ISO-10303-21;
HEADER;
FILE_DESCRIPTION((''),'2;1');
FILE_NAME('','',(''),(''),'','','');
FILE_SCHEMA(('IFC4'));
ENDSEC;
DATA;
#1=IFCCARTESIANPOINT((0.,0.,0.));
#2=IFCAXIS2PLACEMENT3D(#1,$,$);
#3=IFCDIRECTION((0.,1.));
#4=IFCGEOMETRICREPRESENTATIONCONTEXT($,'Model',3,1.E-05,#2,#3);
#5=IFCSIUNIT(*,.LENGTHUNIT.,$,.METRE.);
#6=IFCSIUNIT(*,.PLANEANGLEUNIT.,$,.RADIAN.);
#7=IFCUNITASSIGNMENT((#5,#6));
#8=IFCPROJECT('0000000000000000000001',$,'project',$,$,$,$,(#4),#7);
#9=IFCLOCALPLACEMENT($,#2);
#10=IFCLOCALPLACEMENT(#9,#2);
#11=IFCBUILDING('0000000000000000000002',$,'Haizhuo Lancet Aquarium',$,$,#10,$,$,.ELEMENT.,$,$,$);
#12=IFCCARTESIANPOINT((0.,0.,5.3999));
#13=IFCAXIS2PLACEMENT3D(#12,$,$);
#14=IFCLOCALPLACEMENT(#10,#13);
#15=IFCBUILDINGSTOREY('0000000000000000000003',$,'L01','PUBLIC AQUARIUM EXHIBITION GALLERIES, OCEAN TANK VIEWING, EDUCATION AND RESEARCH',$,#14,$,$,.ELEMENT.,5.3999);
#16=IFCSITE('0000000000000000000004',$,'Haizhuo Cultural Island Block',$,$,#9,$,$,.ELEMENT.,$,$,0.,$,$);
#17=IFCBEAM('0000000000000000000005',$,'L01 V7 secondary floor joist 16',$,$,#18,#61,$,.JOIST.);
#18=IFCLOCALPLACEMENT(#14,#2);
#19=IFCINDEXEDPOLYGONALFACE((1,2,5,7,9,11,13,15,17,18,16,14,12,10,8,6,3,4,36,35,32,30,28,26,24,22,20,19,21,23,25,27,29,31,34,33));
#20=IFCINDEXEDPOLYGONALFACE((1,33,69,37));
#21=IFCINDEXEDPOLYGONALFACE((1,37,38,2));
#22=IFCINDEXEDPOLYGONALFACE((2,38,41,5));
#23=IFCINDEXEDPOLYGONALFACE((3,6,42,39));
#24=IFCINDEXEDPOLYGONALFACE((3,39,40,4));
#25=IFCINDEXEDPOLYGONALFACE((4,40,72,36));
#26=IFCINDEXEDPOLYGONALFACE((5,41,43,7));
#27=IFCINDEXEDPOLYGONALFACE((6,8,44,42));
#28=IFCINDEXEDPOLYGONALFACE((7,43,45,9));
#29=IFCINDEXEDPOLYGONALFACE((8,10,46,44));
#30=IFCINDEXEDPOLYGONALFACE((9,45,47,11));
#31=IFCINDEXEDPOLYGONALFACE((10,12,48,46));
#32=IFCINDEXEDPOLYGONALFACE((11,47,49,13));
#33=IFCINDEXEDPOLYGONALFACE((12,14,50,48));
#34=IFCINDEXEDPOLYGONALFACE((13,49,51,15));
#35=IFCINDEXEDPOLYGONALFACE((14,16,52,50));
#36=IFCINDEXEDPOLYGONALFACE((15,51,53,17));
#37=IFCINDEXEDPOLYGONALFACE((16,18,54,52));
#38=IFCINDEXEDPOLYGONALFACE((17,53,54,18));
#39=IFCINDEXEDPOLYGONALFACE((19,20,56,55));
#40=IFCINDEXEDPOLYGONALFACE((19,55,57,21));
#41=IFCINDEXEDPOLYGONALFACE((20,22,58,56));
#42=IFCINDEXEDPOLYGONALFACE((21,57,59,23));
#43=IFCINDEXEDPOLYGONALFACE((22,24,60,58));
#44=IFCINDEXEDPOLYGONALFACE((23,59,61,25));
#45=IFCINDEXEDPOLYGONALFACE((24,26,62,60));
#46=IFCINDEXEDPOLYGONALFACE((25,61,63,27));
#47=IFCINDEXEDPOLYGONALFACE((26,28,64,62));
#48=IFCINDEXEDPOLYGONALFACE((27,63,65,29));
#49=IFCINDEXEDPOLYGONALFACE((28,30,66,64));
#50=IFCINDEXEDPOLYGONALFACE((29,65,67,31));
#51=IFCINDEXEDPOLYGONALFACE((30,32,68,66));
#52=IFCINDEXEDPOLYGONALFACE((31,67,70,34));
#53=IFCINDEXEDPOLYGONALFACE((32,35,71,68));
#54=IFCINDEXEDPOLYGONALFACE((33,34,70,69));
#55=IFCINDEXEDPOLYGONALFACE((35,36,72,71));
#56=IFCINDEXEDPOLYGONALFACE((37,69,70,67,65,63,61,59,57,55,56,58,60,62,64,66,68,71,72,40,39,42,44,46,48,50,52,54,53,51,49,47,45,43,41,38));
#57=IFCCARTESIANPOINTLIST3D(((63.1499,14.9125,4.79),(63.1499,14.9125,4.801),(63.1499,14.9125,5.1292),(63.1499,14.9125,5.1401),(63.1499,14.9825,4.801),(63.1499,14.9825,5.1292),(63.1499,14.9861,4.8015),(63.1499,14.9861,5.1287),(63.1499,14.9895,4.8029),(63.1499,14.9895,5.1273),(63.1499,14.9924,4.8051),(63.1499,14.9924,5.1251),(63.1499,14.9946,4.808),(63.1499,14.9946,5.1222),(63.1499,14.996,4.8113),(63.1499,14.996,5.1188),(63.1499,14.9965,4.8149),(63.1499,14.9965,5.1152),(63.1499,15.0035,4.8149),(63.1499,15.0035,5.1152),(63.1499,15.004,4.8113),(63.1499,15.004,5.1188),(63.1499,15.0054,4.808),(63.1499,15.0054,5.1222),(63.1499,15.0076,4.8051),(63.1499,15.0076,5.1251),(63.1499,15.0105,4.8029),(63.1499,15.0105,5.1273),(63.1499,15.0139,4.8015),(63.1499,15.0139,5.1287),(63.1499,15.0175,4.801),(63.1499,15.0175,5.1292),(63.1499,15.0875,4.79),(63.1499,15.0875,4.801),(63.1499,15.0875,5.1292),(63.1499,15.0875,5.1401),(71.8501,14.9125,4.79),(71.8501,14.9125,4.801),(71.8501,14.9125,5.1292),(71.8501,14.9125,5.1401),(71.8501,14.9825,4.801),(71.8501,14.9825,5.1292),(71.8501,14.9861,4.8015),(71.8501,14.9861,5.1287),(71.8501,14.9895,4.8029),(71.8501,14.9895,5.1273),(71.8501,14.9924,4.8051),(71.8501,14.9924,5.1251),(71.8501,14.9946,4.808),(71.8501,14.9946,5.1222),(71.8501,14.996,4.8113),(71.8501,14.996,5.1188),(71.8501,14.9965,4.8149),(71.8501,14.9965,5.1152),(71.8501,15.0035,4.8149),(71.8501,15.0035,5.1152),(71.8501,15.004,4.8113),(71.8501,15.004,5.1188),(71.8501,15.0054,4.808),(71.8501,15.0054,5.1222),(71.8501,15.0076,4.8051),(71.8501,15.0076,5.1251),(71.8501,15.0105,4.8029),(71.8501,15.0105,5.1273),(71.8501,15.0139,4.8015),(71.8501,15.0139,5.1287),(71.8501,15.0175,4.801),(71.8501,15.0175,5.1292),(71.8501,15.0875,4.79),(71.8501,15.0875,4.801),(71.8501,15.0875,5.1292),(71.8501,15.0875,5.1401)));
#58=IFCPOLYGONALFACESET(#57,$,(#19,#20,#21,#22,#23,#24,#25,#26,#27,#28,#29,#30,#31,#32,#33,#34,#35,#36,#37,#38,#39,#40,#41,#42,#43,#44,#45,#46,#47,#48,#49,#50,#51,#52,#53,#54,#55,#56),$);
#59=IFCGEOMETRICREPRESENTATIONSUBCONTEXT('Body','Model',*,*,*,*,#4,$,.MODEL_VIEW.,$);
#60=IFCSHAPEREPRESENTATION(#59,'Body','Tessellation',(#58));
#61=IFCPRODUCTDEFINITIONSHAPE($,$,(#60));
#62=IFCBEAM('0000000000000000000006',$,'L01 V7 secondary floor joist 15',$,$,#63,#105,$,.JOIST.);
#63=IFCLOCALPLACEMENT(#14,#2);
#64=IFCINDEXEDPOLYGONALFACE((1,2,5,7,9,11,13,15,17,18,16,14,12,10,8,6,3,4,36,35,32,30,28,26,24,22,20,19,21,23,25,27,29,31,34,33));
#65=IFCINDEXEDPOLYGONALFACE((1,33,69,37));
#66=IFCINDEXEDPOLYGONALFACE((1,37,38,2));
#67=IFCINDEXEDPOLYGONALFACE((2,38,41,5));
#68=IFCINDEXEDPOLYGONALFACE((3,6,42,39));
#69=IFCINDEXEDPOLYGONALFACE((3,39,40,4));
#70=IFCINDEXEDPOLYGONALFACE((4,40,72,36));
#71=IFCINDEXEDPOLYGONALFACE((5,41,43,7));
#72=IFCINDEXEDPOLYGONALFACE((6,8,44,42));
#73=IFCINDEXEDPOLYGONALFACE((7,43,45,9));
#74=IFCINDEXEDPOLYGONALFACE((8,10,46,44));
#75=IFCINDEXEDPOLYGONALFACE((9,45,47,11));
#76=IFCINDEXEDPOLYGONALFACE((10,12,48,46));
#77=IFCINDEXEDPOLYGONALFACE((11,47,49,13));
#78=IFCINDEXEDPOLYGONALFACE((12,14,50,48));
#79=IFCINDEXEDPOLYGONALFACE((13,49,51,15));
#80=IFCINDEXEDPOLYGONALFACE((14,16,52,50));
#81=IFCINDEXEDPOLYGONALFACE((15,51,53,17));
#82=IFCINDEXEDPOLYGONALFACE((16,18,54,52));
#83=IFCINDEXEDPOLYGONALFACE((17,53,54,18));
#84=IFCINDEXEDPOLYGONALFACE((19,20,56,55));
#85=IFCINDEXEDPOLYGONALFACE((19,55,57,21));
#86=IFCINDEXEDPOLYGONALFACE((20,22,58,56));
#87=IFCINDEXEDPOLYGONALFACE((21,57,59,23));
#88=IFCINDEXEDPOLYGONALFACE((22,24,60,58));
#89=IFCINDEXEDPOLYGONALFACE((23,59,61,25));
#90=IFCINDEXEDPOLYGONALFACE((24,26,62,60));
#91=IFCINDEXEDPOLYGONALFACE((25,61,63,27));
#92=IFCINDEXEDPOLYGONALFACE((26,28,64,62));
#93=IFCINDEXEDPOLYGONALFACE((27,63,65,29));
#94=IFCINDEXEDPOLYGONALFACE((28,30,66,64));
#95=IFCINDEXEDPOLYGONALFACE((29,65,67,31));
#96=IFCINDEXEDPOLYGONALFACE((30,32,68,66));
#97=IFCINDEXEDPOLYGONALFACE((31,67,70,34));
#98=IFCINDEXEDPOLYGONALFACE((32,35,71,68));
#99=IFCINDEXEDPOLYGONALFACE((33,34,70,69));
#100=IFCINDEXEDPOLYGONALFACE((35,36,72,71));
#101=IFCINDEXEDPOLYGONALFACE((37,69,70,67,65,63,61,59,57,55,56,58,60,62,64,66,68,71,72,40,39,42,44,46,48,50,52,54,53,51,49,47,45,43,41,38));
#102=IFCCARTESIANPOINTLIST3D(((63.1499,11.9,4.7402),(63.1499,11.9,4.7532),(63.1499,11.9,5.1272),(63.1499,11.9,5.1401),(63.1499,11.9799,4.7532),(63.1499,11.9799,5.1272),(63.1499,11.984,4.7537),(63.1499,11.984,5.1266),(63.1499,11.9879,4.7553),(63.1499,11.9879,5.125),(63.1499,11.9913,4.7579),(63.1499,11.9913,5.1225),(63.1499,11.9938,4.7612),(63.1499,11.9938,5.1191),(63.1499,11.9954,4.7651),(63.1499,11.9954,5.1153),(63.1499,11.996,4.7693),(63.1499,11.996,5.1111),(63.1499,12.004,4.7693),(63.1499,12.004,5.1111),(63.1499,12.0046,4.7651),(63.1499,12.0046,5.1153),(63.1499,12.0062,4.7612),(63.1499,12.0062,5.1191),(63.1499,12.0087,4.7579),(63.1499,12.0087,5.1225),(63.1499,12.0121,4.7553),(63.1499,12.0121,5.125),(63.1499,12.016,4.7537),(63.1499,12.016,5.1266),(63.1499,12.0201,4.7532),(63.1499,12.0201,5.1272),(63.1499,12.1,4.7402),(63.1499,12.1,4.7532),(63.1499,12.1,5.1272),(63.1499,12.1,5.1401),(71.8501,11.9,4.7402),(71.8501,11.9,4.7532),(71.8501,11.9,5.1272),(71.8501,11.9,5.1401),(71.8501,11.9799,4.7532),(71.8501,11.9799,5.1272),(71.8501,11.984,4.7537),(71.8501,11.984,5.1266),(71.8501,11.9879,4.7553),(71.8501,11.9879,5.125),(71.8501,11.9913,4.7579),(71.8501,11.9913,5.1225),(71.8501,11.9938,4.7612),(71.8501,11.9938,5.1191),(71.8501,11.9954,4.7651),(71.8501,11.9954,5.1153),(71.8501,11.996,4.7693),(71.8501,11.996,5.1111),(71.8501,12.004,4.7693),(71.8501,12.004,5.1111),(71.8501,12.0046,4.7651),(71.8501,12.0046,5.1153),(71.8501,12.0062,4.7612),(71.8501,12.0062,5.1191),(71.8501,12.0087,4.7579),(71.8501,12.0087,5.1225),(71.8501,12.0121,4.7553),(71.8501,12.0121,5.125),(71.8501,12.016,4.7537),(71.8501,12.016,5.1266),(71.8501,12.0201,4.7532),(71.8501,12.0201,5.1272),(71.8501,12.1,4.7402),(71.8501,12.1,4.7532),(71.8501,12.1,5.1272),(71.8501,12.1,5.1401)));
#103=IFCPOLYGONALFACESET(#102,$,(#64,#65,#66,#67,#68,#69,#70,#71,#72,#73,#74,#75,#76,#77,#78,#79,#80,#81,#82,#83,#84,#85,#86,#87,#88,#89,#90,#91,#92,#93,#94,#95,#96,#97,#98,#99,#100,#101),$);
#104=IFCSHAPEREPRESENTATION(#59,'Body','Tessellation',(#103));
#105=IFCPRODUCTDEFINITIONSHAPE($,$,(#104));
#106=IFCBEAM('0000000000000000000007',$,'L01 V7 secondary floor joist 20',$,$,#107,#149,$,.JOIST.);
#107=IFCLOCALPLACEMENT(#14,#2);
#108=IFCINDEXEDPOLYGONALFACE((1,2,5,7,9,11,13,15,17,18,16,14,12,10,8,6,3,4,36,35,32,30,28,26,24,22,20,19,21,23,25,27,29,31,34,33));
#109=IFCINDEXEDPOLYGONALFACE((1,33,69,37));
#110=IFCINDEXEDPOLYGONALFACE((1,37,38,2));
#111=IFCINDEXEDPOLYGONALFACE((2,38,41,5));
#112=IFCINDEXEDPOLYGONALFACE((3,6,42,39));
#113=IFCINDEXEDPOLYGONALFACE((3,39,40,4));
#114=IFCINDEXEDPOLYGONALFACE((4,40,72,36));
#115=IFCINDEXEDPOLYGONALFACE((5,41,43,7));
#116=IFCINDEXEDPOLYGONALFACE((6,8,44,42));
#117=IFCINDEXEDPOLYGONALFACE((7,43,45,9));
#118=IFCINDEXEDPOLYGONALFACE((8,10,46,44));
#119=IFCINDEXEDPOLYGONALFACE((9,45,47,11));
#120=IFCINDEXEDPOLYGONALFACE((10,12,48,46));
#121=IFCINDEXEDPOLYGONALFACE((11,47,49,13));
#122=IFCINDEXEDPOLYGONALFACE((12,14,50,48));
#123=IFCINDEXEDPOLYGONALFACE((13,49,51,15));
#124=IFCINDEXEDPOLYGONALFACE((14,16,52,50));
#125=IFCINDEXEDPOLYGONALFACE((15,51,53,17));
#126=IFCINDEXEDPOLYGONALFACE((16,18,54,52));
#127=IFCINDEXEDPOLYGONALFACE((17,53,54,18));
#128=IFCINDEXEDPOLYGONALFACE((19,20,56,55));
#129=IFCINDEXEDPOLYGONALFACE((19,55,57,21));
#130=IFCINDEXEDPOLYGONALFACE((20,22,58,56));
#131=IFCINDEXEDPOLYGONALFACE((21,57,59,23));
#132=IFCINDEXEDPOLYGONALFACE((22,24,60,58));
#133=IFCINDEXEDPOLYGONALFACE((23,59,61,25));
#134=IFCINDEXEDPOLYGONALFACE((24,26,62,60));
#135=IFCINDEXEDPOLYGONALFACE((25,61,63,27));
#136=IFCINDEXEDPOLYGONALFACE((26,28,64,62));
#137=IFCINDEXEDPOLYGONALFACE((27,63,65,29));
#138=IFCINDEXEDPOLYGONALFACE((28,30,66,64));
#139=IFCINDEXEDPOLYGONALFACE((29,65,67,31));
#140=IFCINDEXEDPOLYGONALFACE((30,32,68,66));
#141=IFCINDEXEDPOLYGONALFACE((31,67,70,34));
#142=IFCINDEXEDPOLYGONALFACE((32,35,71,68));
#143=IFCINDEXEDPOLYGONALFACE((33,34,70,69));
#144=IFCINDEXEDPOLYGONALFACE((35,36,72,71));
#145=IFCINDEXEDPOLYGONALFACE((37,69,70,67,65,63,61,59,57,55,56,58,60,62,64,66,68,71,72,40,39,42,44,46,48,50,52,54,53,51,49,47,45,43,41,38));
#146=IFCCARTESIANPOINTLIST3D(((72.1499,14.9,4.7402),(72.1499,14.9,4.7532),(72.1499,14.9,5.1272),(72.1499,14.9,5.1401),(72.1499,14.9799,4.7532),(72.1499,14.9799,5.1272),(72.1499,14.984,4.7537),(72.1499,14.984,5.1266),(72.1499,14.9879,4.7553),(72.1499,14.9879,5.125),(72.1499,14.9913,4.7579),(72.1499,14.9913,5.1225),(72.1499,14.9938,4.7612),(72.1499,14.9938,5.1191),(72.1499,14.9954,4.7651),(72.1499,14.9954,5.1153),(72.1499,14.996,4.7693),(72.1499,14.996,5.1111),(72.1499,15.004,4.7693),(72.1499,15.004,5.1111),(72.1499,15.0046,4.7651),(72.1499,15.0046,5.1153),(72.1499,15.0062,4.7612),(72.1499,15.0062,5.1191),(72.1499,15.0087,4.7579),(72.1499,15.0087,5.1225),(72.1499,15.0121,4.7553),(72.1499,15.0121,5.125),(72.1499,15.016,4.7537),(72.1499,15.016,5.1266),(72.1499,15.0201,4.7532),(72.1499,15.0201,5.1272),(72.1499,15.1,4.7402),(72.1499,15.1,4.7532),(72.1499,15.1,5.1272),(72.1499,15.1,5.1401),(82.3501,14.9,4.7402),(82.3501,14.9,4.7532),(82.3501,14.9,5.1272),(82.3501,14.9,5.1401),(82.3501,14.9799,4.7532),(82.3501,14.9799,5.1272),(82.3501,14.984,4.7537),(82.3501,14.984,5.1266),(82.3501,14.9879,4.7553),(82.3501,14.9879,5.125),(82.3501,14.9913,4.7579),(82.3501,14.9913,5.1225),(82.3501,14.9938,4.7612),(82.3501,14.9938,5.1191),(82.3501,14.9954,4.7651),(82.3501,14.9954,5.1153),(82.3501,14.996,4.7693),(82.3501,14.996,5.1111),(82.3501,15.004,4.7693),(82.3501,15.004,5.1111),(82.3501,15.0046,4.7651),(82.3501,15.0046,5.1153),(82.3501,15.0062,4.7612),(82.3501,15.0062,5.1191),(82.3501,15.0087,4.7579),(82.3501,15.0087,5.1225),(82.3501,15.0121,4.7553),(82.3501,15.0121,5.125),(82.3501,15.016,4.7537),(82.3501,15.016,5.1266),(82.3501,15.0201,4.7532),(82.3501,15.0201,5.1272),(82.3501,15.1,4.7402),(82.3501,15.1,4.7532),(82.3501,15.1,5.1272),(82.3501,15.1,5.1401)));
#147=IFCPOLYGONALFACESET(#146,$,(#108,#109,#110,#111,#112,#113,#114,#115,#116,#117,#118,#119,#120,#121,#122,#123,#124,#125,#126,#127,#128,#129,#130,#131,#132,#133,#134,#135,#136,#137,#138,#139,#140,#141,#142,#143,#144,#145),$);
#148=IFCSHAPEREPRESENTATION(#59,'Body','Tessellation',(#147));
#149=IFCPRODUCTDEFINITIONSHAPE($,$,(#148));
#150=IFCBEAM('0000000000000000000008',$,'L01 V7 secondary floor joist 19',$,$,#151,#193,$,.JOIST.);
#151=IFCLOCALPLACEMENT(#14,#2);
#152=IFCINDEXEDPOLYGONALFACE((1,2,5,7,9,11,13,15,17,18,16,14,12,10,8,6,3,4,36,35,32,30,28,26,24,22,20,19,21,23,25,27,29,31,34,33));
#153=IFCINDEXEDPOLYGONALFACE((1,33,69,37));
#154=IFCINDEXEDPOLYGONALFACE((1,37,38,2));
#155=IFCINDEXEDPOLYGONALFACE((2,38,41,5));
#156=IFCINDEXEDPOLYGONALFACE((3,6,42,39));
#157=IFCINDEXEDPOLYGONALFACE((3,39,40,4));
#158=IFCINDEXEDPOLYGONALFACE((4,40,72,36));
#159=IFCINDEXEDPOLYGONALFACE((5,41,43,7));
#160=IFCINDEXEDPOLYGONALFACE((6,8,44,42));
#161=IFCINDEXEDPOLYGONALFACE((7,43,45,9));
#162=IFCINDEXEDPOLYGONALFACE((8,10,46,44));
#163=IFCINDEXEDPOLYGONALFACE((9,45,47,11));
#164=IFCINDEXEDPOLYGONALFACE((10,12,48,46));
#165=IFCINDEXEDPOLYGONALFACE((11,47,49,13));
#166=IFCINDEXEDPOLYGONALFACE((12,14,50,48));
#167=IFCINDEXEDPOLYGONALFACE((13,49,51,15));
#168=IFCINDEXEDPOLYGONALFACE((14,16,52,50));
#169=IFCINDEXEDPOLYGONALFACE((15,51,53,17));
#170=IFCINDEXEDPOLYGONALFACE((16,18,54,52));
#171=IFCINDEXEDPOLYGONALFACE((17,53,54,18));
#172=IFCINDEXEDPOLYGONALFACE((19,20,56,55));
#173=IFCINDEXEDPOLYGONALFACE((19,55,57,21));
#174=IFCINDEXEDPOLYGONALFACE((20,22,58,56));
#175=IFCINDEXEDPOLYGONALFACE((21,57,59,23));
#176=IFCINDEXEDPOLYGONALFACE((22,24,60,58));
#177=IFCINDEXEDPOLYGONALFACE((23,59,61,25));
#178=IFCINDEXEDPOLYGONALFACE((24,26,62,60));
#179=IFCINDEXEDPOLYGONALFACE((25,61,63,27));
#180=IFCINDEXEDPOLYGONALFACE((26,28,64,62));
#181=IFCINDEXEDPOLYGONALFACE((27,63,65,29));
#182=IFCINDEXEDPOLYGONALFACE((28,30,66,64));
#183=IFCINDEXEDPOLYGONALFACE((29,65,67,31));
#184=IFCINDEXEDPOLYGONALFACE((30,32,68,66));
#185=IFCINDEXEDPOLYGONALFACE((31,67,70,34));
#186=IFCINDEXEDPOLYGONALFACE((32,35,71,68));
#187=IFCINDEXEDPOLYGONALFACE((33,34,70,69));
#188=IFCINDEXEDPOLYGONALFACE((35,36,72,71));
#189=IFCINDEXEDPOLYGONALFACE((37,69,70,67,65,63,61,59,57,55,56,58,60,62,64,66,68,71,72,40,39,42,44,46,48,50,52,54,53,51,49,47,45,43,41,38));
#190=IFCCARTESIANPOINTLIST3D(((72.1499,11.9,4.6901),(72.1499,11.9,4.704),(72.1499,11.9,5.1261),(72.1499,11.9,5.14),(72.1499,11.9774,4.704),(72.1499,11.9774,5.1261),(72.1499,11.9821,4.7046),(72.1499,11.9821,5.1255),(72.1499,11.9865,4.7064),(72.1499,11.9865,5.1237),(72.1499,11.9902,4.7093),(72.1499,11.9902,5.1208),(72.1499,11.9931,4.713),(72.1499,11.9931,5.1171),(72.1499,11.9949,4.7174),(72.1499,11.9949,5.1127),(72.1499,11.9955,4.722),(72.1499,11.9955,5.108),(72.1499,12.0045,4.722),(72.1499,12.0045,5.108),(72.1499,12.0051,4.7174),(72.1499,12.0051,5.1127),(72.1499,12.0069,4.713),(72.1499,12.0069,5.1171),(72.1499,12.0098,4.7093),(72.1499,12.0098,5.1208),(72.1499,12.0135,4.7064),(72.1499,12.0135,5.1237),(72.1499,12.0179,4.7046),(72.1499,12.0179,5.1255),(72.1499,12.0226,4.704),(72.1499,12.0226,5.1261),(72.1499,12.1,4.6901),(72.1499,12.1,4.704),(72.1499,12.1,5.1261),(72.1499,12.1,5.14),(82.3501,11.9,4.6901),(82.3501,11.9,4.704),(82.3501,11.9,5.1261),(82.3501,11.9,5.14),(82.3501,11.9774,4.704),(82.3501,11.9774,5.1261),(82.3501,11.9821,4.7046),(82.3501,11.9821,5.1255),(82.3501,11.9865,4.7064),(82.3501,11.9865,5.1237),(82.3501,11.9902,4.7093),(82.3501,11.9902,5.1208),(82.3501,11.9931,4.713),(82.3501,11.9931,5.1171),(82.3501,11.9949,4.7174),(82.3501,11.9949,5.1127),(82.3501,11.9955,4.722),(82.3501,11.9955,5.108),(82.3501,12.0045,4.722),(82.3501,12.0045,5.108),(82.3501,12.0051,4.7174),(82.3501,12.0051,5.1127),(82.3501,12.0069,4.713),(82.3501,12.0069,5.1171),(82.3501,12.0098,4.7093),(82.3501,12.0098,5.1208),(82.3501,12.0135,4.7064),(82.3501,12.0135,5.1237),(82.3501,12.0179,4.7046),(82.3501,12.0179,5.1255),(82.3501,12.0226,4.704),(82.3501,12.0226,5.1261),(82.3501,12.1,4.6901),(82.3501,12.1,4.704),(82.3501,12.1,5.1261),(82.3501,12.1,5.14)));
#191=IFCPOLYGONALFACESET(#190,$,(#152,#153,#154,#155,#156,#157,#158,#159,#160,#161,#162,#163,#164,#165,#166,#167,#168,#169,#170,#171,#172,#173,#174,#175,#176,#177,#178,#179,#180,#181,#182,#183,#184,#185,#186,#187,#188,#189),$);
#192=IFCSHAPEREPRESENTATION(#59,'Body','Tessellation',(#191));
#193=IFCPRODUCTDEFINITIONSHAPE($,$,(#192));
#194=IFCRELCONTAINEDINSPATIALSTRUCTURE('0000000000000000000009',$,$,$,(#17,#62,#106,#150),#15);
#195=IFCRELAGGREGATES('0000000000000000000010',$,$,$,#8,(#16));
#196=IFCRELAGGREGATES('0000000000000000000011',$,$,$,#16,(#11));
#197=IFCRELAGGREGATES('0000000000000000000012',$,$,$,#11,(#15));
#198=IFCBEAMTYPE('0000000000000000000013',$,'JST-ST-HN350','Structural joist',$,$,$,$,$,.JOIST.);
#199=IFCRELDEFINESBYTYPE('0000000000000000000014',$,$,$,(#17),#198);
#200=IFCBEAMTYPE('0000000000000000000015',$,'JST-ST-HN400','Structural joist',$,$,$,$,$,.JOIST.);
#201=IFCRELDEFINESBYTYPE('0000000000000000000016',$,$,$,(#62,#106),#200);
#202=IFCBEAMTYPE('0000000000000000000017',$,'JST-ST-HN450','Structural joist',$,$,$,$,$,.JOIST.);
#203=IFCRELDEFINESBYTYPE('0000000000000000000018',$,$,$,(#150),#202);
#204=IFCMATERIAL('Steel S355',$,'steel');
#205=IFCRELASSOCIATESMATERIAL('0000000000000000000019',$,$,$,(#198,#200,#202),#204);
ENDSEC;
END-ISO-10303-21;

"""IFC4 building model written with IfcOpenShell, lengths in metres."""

from ifc_helpers import new_model, si_unit, direction, frame, origin, origin_2d, place, context, subcontext, project, spatial, i_section, extrude, material, material_profile, profile_set, type_object, element, save


model = new_model("IFC4")

# Units and contexts
model_context = context("Model", 3, precision=1e-05, world=origin(), true_north=direction((0.0, 1.0)))
body_context = subcontext(model_context, "Body", "Model", "MODEL_VIEW")
ifc_project = project(units=[si_unit("LENGTHUNIT", "METRE"), si_unit("PLANEANGLEUNIT", "RADIAN")], contexts=[model_context])

# Site, building, storey
site_placement = place(None, origin())
site = spatial("IfcSite", under=ifc_project, at=site_placement, Name="Haizhuo Cultural Island Block", CompositionType="ELEMENT", RefElevation=0.0)
building_placement = place(site_placement, origin())
building = spatial("IfcBuilding", under=site, at=building_placement, Name="Haizhuo Lancet Aquarium", CompositionType="ELEMENT")
storey_placement = place(building_placement, frame((0.0, 0.0, 5.3999)))
storey = spatial("IfcBuildingStorey", under=building, at=storey_placement, Name="L01", Description="PUBLIC AQUARIUM EXHIBITION GALLERIES, OCEAN TANK VIEWING, EDUCATION AND RESEARCH", CompositionType="ELEMENT", Elevation=5.3999)

# Shared definitions
ifc_material_1 = material(Name="Steel S355", Category="steel")

# Beams
ifc_material_profile_1 = material_profile(ifc_material_1, i_section(OverallWidth=0.175, OverallDepth=0.3501, WebThickness=0.0071, FlangeThickness=0.011, FilletRadius=0.0139, at=origin_2d()), Name="HN 350x175x7x11")
ifc_profile_set_1 = profile_set([ifc_material_profile_1], Name="Steel S355")
beam_type_1 = type_object("IfcBeamType", Name="JST-ST-HN350", Description="Structural joist", PredefinedType="JOIST", material=ifc_profile_set_1)
beam_1_placement = place(storey_placement, frame((63.1499, 15.0, 4.9651), z_axis=(1.0, 0.0, 0.0), x_axis=(0.0, 1.0, 0.0)))
element("IfcBeam", 1, at=beam_1_placement, inside=storey, type_object=beam_type_1, Name="L01 V7 secondary floor joist 16", PredefinedType="JOIST", context=body_context, shape_type="SweptSolid", body=[
    extrude(i_section(OverallWidth=0.175, OverallDepth=0.3501, WebThickness=0.0071, FlangeThickness=0.011, FilletRadius=0.0139, at=origin_2d()), origin(), (0.0, 0.0, 1.0), 8.7002),
])
ifc_material_profile_2 = material_profile(ifc_material_1, i_section(OverallWidth=0.2, OverallDepth=0.3999, WebThickness=0.0081, FlangeThickness=0.0129, FilletRadius=0.0161, at=origin_2d()), Name="HN 400x200x8x13")
ifc_profile_set_2 = profile_set([ifc_material_profile_2], Name="Steel S355")
beam_type_2 = type_object("IfcBeamType", Name="JST-ST-HN400", Description="Structural joist", PredefinedType="JOIST", material=ifc_profile_set_2)
beam_2_placement = place(storey_placement, frame((63.1499, 12.0, 4.9402), z_axis=(1.0, 0.0, 0.0), x_axis=(0.0, 1.0, 0.0)))
element("IfcBeam", 2, at=beam_2_placement, inside=storey, type_object=beam_type_2, Name="L01 V7 secondary floor joist 15", PredefinedType="JOIST", context=body_context, shape_type="SweptSolid", body=[
    extrude(i_section(OverallWidth=0.2, OverallDepth=0.3999, WebThickness=0.0081, FlangeThickness=0.0129, FilletRadius=0.0161, at=origin_2d()), origin(), (0.0, 0.0, 1.0), 8.7002),
])
beam_3_placement = place(storey_placement, frame((72.1499, 15.0, 4.9402), z_axis=(1.0, 0.0, 0.0), x_axis=(0.0, 1.0, 0.0)))
element("IfcBeam", 3, at=beam_3_placement, inside=storey, type_object=beam_type_2, Name="L01 V7 secondary floor joist 20", PredefinedType="JOIST", context=body_context, shape_type="SweptSolid", body=[
    extrude(i_section(OverallWidth=0.2, OverallDepth=0.3999, WebThickness=0.0081, FlangeThickness=0.0129, FilletRadius=0.0161, at=origin_2d()), origin(), (0.0, 0.0, 1.0), 10.2002),
])
ifc_material_profile_3 = material_profile(ifc_material_1, i_section(OverallWidth=0.2, OverallDepth=0.45, WebThickness=0.009, FlangeThickness=0.0139, FilletRadius=0.0181, at=origin_2d()), Name="HN 450x200x9x14")
ifc_profile_set_3 = profile_set([ifc_material_profile_3], Name="Steel S355")
beam_type_3 = type_object("IfcBeamType", Name="JST-ST-HN450", Description="Structural joist", PredefinedType="JOIST", material=ifc_profile_set_3)
beam_4_placement = place(storey_placement, frame((72.1499, 12.0, 4.915), z_axis=(1.0, 0.0, 0.0), x_axis=(0.0, 1.0, 0.0)))
element("IfcBeam", 4, at=beam_4_placement, inside=storey, type_object=beam_type_3, Name="L01 V7 secondary floor joist 19", PredefinedType="JOIST", context=body_context, shape_type="SweptSolid", body=[
    extrude(i_section(OverallWidth=0.2, OverallDepth=0.45, WebThickness=0.009, FlangeThickness=0.0139, FilletRadius=0.0181, at=origin_2d()), origin(), (0.0, 0.0, 1.0), 10.2002),
])

save(model, "model.ifc")
